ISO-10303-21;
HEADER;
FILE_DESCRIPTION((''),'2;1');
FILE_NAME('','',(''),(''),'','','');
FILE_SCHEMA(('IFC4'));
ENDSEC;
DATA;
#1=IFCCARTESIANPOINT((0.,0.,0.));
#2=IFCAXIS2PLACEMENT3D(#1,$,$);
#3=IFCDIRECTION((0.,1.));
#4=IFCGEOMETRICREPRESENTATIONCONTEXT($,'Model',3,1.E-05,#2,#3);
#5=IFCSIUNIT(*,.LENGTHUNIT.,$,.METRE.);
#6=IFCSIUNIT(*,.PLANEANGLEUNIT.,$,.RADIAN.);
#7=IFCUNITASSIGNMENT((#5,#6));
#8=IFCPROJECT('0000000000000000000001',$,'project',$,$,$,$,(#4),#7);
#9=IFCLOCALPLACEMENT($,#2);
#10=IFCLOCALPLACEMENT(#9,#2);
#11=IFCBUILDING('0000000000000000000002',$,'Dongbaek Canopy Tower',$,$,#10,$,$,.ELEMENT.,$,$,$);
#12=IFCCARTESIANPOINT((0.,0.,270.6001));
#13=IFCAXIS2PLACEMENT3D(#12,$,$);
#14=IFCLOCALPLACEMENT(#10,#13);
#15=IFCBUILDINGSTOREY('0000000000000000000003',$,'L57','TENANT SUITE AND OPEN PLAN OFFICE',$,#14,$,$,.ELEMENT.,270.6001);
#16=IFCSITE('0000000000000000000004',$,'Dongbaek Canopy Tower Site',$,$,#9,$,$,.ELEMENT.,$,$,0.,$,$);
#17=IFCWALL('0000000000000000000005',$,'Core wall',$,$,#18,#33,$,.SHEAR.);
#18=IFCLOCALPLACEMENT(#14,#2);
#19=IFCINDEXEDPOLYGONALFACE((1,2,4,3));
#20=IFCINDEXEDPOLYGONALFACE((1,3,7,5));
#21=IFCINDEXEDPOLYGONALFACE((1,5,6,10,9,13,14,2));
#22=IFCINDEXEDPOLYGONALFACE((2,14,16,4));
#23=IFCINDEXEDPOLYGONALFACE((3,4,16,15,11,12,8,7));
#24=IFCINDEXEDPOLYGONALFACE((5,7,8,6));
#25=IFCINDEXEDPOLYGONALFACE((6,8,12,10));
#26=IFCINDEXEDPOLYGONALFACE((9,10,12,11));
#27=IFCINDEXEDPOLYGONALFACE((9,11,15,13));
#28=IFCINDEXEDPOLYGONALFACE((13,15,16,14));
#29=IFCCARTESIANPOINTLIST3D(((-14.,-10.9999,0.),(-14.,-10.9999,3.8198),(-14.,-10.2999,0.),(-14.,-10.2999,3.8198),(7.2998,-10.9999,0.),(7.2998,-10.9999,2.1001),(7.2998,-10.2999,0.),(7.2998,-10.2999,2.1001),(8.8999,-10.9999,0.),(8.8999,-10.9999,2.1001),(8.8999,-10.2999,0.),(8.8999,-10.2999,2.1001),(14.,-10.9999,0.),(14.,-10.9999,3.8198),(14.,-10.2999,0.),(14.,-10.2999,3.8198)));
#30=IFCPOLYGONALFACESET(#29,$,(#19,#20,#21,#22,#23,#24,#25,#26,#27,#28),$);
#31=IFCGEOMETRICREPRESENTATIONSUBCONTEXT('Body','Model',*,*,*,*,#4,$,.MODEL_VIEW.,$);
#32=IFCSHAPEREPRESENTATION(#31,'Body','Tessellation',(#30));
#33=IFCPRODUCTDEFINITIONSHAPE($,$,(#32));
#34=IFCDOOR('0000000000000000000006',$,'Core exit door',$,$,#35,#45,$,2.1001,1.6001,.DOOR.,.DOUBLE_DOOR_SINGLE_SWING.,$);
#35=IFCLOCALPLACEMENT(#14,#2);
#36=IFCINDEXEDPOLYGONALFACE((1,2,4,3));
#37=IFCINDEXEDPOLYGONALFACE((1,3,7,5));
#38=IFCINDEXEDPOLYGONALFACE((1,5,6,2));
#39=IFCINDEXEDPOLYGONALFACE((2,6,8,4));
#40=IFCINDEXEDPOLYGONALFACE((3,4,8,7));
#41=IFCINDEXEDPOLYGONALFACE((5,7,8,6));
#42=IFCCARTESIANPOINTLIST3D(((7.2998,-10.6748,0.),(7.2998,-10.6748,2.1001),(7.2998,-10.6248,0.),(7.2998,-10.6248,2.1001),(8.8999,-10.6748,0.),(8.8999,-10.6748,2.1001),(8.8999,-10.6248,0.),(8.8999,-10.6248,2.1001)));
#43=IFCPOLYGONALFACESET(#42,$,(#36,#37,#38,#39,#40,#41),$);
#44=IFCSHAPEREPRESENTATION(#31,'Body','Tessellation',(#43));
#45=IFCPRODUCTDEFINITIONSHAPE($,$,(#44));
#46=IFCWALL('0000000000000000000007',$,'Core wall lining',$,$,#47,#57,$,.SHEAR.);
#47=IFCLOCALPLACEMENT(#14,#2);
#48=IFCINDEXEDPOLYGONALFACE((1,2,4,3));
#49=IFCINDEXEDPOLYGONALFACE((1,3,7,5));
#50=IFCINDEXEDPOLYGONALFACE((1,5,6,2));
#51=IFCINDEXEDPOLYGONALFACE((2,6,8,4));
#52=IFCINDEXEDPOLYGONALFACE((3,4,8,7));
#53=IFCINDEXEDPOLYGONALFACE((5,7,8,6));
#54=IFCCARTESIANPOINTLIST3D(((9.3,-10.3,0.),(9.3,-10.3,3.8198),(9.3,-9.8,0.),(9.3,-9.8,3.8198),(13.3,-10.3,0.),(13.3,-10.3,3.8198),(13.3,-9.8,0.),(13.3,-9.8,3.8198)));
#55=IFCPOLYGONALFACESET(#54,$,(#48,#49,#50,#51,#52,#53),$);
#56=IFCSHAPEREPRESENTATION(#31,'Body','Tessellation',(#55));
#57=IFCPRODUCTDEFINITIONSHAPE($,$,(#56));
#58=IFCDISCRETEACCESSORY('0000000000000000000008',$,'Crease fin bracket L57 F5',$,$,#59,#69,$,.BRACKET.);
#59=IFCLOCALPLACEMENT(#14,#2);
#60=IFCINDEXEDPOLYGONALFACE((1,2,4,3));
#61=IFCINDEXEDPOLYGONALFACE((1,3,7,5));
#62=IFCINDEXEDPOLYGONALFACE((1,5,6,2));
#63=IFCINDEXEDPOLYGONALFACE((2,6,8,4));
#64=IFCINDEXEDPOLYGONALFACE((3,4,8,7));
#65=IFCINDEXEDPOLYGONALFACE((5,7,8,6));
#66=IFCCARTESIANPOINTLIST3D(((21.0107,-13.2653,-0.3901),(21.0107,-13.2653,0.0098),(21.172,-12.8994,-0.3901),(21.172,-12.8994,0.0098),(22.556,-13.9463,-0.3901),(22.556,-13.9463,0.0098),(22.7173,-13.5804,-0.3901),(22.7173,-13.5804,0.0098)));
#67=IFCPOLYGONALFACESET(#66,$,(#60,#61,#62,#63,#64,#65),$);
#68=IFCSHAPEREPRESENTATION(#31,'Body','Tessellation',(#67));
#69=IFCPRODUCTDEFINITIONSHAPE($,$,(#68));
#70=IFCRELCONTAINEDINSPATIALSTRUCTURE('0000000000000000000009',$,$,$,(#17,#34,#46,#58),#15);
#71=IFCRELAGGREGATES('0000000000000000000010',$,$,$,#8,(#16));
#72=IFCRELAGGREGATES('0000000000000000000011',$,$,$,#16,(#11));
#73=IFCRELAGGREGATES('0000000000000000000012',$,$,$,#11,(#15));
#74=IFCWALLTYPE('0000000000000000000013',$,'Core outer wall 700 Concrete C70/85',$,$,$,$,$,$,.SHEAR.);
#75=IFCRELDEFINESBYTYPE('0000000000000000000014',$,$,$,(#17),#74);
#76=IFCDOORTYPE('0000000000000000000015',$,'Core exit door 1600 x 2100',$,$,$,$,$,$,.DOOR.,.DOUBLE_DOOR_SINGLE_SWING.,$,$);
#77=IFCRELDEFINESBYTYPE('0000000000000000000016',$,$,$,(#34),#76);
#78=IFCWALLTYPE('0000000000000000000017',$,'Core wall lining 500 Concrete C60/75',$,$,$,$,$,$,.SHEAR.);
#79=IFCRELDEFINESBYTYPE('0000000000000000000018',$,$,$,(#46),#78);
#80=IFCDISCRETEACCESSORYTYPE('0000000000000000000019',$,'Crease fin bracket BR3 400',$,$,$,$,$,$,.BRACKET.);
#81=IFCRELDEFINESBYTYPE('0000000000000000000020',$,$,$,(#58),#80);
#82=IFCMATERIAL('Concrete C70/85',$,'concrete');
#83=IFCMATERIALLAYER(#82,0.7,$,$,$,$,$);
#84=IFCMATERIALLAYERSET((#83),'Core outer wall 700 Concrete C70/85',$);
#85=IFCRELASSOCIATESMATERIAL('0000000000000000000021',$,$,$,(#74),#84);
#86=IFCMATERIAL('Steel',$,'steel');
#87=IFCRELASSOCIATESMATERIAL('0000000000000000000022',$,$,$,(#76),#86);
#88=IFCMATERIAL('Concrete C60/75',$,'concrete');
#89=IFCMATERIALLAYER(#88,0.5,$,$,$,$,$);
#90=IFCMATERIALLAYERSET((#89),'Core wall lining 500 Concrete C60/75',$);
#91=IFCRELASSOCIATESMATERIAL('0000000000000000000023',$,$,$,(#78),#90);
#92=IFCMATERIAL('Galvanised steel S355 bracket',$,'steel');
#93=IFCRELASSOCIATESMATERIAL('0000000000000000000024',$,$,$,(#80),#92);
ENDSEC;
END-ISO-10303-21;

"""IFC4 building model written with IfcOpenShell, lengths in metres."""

from ifc_helpers import new_model, si_unit, direction, frame, frame_2d, origin, origin_2d, place, context, subcontext, project, spatial, rectangle, extrude, material, layer, layer_set, type_object, element, fill, save


model = new_model("IFC4")

# Units and contexts
model_context = context("Model", 3, precision=1e-05, world=origin(), true_north=direction((0.0, 1.0)))
body_context = subcontext(model_context, "Body", "Model", "MODEL_VIEW")
ifc_project = project(units=[si_unit("LENGTHUNIT", "METRE"), si_unit("PLANEANGLEUNIT", "RADIAN")], contexts=[model_context])

# Site, building, storey
site_placement = place(None, origin())
site = spatial("IfcSite", under=ifc_project, at=site_placement, Name="Dongbaek Canopy Tower Site", CompositionType="ELEMENT", RefElevation=0.0)
building_placement = place(site_placement, origin())
building = spatial("IfcBuilding", under=site, at=building_placement, Name="Dongbaek Canopy Tower", CompositionType="ELEMENT")
storey_placement = place(building_placement, frame((0.0, 0.0, 270.6001)))
storey = spatial("IfcBuildingStorey", under=building, at=storey_placement, Name="L57", Description="TENANT SUITE AND OPEN PLAN OFFICE", CompositionType="ELEMENT", Elevation=270.6001)

# Wall, opening, door
ifc_material_1 = material(Name="Concrete C70/85", Category="concrete")
ifc_layer_1 = layer(ifc_material_1, 0.7)
ifc_layer_set_1 = layer_set([ifc_layer_1], Name="Core outer wall 700 Concrete C70/85")
wall_type_1 = type_object("IfcWallType", Name="Core outer wall 700 Concrete C70/85", PredefinedType="SHEAR", material=ifc_layer_set_1)
wall_1_placement = place(storey_placement, frame((14.0, -10.6499, 0.0), z_axis=(0.0, 0.0, 1.0), x_axis=(-1.0, 0.0, 0.0)))
wall_1 = element("IfcWall", 1, at=wall_1_placement, inside=storey, type_object=wall_type_1, Name="Core wall", PredefinedType="SHEAR", context=body_context, shape_type="SweptSolid", body=[
    extrude(rectangle(XDim=28.0, YDim=0.7, at=frame_2d((14.0, 0.0))), origin(), (0.0, 0.0, 1.0), 3.8198),
])
opening_1_placement = place(wall_1_placement, frame((5.1001, 0.0, 0.0)))
opening_1 = element("IfcOpeningElement", 2, at=opening_1_placement, cuts=wall_1, PredefinedType="OPENING", context=body_context, shape_type="SweptSolid", body=[
    extrude(rectangle(XDim=1.6001, YDim=2.1001, at=frame_2d((0.8, 1.05))), frame((0.0, 0.3599, 0.0), z_axis=(0.0, -1.0, 0.0), x_axis=(1.0, 0.0, 0.0)), (0.0, 0.0, 1.0), 0.72),
])
ifc_material_2 = material(Name="Steel", Category="steel")
door_type_1 = type_object("IfcDoorType", Name="Core exit door 1600 x 2100", OperationType="DOUBLE_DOOR_SINGLE_SWING", PredefinedType="DOOR", material=ifc_material_2)
door_1_placement = place(opening_1_placement, origin())
door_1 = element("IfcDoor", 3, at=door_1_placement, inside=storey, type_object=door_type_1, Name="Core exit door", OperationType="DOUBLE_DOOR_SINGLE_SWING", OverallHeight=2.1001, OverallWidth=1.6001, PredefinedType="DOOR", context=body_context, shape_type="SweptSolid", body=[
    extrude(rectangle(XDim=1.6001, YDim=2.1001, at=frame_2d((0.8, 1.05))), frame((0.0, 0.0249, 0.0), z_axis=(0.0, -1.0, 0.0), x_axis=(1.0, 0.0, 0.0)), (0.0, 0.0, 1.0), 0.05),
])
fill(opening_1, door_1)

# Wall
ifc_material_3 = material(Name="Concrete C60/75", Category="concrete")
ifc_layer_2 = layer(ifc_material_3, 0.5)
ifc_layer_set_2 = layer_set([ifc_layer_2], Name="Core wall lining 500 Concrete C60/75")
wall_type_2 = type_object("IfcWallType", Name="Core wall lining 500 Concrete C60/75", PredefinedType="SHEAR", material=ifc_layer_set_2)
wall_2_placement = place(storey_placement, frame((13.3, -10.05, 0.0), z_axis=(0.0, 0.0, 1.0), x_axis=(-1.0, 0.0, 0.0)))
element("IfcWall", 4, at=wall_2_placement, inside=storey, type_object=wall_type_2, Name="Core wall lining", PredefinedType="SHEAR", context=body_context, shape_type="SweptSolid", body=[
    extrude(rectangle(XDim=4.0, YDim=0.5, at=frame_2d((2.0, 0.0))), origin(), (0.0, 0.0, 1.0), 3.8198),
])

# Discrete accessory
ifc_material_4 = material(Name="Galvanised steel S355 bracket", Category="steel")
discrete_accessory_type = type_object("IfcDiscreteAccessoryType", Name="Crease fin bracket BR3 400", PredefinedType="BRACKET", material=ifc_material_4)
discrete_accessory_placement = place(storey_placement, frame((21.864, -13.4229, -0.3901), z_axis=(0.0, 0.0, 1.0), x_axis=(0.915073, -0.403288, 0.0)))
element("IfcDiscreteAccessory", 5, at=discrete_accessory_placement, inside=storey, type_object=discrete_accessory_type, Name="Crease fin bracket L57 F5", PredefinedType="BRACKET", context=body_context, shape_type="SweptSolid", body=[
    extrude(rectangle(XDim=1.6887, YDim=0.3999, at=origin_2d()), origin(), (0.0, 0.0, 1.0), 0.3999),
])

save(model, "model.ifc")
